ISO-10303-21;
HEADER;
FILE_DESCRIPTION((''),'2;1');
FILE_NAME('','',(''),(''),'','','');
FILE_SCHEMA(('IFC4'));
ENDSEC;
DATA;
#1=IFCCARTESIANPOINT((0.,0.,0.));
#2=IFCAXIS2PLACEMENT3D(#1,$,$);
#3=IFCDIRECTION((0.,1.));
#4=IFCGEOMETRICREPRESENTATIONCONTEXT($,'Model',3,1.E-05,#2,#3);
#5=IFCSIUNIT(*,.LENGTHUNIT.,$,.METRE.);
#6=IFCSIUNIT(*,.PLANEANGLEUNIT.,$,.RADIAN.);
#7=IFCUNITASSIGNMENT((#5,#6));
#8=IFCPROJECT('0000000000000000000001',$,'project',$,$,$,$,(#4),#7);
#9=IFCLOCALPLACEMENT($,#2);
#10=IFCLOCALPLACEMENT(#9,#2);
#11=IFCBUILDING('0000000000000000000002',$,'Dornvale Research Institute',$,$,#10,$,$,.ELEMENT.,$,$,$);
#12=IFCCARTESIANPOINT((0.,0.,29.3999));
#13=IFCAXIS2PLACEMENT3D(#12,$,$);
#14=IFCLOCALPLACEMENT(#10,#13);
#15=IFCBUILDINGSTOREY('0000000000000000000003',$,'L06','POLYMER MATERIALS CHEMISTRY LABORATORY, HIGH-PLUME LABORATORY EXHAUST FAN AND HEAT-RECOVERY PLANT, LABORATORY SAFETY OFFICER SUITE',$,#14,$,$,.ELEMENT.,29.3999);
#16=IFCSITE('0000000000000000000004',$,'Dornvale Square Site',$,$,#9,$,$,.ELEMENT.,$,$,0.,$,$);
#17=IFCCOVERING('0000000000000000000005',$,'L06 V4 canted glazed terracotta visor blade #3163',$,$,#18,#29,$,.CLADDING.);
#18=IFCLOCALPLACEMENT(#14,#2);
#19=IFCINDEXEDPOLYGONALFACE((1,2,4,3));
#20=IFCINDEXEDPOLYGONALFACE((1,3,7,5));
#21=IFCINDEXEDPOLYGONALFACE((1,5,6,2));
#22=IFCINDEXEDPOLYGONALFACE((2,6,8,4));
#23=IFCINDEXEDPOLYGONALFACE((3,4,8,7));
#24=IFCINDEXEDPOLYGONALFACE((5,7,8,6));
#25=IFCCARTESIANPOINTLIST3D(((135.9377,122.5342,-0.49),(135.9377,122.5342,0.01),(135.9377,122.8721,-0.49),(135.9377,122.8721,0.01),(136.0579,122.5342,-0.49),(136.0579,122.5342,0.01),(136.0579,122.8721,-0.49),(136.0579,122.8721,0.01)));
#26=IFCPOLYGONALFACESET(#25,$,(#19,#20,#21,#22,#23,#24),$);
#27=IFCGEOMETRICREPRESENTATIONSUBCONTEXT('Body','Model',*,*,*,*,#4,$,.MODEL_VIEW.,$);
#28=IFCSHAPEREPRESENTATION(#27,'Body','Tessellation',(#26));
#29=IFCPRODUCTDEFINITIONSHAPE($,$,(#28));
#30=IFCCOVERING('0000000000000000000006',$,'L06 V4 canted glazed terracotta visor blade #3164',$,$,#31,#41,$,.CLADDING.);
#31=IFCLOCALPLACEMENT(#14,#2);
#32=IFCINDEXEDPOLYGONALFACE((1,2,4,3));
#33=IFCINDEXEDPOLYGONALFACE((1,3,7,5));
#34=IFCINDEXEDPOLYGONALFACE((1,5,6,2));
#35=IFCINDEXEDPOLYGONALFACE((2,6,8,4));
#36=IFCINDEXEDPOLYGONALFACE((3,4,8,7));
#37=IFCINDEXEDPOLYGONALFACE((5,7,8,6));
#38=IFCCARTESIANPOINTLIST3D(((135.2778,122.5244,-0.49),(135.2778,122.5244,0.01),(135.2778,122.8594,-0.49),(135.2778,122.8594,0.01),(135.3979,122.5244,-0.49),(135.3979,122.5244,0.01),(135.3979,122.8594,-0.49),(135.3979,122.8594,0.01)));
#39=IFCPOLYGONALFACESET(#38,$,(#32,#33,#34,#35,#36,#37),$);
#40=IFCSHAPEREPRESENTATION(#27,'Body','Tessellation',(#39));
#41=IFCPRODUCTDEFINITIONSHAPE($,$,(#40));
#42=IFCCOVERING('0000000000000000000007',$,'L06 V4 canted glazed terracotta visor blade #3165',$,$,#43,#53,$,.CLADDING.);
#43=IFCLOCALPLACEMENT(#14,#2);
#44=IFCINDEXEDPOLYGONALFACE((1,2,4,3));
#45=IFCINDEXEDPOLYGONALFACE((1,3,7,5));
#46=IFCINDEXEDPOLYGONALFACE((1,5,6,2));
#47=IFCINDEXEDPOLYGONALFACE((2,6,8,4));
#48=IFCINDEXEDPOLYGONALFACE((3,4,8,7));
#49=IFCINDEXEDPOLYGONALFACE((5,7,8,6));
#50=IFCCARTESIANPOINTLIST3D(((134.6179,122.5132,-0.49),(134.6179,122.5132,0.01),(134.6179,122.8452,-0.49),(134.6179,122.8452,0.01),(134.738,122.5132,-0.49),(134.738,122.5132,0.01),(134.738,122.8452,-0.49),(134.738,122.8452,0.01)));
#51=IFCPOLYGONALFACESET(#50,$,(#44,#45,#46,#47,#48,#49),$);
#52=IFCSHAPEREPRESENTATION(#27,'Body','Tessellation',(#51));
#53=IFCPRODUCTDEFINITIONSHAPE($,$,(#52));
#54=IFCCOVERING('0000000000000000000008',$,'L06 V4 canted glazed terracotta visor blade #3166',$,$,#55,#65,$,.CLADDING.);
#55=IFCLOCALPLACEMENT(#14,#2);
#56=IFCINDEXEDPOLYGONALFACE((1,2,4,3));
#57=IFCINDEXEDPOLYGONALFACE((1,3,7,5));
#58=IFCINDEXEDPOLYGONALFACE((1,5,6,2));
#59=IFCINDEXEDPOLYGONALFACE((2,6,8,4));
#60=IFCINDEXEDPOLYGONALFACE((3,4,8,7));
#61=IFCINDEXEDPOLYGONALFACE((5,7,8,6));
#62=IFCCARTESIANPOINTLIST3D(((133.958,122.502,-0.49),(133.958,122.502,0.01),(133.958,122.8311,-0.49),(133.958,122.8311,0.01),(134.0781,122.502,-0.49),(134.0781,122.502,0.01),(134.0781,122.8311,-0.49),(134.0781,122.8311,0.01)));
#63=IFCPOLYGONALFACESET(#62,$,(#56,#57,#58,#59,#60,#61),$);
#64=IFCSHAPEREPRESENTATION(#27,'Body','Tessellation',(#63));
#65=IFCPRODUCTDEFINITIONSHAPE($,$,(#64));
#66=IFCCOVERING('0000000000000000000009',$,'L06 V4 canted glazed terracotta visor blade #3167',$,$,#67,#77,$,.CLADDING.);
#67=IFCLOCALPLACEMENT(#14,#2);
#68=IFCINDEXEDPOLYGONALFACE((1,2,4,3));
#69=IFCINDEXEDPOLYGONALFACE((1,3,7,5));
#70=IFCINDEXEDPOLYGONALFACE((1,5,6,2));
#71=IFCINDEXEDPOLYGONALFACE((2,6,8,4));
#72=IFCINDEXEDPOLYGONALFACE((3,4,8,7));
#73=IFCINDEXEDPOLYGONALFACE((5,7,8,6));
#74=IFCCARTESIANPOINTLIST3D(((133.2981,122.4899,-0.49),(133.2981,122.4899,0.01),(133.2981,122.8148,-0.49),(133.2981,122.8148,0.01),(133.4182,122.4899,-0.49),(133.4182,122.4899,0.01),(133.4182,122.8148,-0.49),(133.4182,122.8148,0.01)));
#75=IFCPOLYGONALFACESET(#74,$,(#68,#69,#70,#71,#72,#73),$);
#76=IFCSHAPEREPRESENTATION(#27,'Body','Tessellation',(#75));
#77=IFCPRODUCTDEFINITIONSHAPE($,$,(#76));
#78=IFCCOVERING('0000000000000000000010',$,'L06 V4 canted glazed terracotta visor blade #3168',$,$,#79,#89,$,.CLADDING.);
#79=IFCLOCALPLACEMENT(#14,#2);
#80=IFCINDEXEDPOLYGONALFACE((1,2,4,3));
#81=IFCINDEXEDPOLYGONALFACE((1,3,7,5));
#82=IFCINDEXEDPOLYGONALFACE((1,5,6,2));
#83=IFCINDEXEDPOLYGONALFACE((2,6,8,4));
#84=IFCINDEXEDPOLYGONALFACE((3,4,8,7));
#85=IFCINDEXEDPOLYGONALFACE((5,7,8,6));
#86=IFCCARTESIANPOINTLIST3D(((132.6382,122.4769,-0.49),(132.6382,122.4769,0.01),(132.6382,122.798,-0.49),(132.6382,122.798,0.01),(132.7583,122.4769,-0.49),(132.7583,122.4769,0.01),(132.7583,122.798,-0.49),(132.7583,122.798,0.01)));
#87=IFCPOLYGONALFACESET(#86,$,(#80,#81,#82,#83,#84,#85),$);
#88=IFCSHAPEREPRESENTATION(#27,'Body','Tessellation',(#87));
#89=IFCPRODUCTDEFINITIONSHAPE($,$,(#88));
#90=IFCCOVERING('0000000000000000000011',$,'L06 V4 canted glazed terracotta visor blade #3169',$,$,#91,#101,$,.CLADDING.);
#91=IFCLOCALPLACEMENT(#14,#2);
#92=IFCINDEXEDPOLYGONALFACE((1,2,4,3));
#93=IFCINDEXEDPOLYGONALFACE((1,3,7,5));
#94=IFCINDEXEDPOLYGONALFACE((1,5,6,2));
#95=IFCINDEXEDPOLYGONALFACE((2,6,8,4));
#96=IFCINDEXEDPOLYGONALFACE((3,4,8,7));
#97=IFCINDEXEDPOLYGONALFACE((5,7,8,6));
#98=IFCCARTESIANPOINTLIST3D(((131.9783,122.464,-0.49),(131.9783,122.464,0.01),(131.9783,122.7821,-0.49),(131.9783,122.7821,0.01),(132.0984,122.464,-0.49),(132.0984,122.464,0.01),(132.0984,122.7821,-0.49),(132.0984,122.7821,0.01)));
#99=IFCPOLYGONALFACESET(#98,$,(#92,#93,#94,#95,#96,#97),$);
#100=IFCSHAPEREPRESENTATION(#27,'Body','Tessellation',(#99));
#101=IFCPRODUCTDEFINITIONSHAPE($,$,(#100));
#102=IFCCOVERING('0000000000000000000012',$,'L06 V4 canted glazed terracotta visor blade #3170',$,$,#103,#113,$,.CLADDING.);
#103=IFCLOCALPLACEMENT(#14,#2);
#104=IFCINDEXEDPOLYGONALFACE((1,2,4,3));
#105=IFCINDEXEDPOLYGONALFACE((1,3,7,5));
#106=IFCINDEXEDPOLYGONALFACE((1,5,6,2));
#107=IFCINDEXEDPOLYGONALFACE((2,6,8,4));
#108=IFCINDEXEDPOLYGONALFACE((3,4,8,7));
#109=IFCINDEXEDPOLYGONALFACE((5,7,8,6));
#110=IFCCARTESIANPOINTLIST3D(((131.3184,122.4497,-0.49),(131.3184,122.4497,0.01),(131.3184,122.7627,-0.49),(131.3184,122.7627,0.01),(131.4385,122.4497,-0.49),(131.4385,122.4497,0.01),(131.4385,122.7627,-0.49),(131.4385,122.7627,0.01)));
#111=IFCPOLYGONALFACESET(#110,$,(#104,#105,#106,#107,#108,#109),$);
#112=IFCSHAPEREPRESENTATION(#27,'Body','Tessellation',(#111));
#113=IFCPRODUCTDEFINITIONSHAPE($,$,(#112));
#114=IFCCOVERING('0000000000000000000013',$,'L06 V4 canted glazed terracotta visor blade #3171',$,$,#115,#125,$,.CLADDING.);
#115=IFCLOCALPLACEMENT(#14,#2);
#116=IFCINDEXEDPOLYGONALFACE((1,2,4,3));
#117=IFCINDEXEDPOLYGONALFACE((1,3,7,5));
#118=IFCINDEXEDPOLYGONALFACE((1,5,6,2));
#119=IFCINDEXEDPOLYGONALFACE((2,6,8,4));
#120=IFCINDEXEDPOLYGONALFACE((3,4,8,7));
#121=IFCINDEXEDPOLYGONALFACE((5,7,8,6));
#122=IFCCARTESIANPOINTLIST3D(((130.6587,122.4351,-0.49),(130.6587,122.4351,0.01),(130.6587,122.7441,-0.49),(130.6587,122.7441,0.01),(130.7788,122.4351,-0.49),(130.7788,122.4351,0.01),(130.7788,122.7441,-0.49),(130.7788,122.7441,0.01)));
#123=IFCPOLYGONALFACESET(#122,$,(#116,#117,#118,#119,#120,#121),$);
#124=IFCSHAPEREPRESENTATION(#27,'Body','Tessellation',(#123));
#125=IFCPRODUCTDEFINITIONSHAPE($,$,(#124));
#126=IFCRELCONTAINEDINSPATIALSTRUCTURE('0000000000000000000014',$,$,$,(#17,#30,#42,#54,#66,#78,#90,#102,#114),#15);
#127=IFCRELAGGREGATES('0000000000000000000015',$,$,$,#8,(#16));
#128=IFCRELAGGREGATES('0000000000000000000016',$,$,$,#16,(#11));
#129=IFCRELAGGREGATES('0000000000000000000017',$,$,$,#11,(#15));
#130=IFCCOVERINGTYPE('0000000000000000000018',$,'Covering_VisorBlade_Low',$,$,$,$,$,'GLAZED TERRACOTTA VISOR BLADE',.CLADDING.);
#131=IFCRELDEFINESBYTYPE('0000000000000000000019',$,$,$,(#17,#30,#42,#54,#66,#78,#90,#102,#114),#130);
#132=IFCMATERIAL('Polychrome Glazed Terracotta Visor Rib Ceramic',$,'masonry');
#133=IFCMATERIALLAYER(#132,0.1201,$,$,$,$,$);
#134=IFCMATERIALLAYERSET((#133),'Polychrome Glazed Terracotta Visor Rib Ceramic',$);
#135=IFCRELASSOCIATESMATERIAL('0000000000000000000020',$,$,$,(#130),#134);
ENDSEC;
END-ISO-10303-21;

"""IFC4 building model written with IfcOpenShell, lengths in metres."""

from ifc_helpers import new_model, si_unit, direction, frame, origin, origin_2d, place, context, subcontext, project, spatial, rectangle, extrude, material, layer, layer_set, type_object, element, save


model = new_model("IFC4")

# Units and contexts
model_context = context("Model", 3, precision=1e-05, world=origin(), true_north=direction((0.0, 1.0)))
body_context = subcontext(model_context, "Body", "Model", "MODEL_VIEW")
ifc_project = project(units=[si_unit("LENGTHUNIT", "METRE"), si_unit("PLANEANGLEUNIT", "RADIAN")], contexts=[model_context])

# Site, building, storey
site_placement = place(None, origin())
site = spatial("IfcSite", under=ifc_project, at=site_placement, Name="Dornvale Square Site", CompositionType="ELEMENT", RefElevation=0.0)
building_placement = place(site_placement, origin())
building = spatial("IfcBuilding", under=site, at=building_placement, Name="Dornvale Research Institute", CompositionType="ELEMENT")
storey_placement = place(building_placement, frame((0.0, 0.0, 29.3999)))
storey = spatial("IfcBuildingStorey", under=building, at=storey_placement, Name="L06", Description="POLYMER MATERIALS CHEMISTRY LABORATORY, HIGH-PLUME LABORATORY EXHAUST FAN AND HEAT-RECOVERY PLANT, LABORATORY SAFETY OFFICER SUITE", CompositionType="ELEMENT", Elevation=29.3999)

# Coverings
ifc_material_1 = material(Name="Polychrome Glazed Terracotta Visor Rib Ceramic", Category="masonry")
ifc_layer_1 = layer(ifc_material_1, 0.1201)
ifc_layer_set_1 = layer_set([ifc_layer_1], Name="Polychrome Glazed Terracotta Visor Rib Ceramic")
covering_type = type_object("IfcCoveringType", Name="Covering_VisorBlade_Low", ElementType="GLAZED TERRACOTTA VISOR BLADE", PredefinedType="CLADDING", material=ifc_layer_set_1)
covering_1_placement = place(storey_placement, frame((135.9978, 122.7031, -0.49), z_axis=(0.0, 0.0, 1.0), x_axis=(0.0, 1.0, 0.0)))
element("IfcCovering", 1, at=covering_1_placement, inside=storey, type_object=covering_type, Name="L06 V4 canted glazed terracotta visor blade #3163", PredefinedType="CLADDING", context=body_context, shape_type="SweptSolid", body=[
    extrude(rectangle(XDim=0.3379, YDim=0.1201, at=origin_2d()), origin(), (0.0, 0.0, 1.0), 0.5),
])
covering_2_placement = place(storey_placement, frame((135.3379, 122.6919, -0.49), z_axis=(0.0, 0.0, 1.0), x_axis=(0.0, 1.0, 0.0)))
element("IfcCovering", 2, at=covering_2_placement, inside=storey, type_object=covering_type, Name="L06 V4 canted glazed terracotta visor blade #3164", PredefinedType="CLADDING", context=body_context, shape_type="SweptSolid", body=[
    extrude(rectangle(XDim=0.335, YDim=0.1201, at=origin_2d()), origin(), (0.0, 0.0, 1.0), 0.5),
])
covering_3_placement = place(storey_placement, frame((134.678, 122.6792, -0.49), z_axis=(0.0, 0.0, 1.0), x_axis=(0.0, 1.0, 0.0)))
element("IfcCovering", 3, at=covering_3_placement, inside=storey, type_object=covering_type, Name="L06 V4 canted glazed terracotta visor blade #3165", PredefinedType="CLADDING", context=body_context, shape_type="SweptSolid", body=[
    extrude(rectangle(XDim=0.332, YDim=0.1201, at=origin_2d()), origin(), (0.0, 0.0, 1.0), 0.5),
])
covering_4_placement = place(storey_placement, frame((134.0181, 122.6665, -0.49), z_axis=(0.0, 0.0, 1.0), x_axis=(0.0, 1.0, 0.0)))
element("IfcCovering", 4, at=covering_4_placement, inside=storey, type_object=covering_type, Name="L06 V4 canted glazed terracotta visor blade #3166", PredefinedType="CLADDING", context=body_context, shape_type="SweptSolid", body=[
    extrude(rectangle(XDim=0.3291, YDim=0.1201, at=origin_2d()), origin(), (0.0, 0.0, 1.0), 0.5),
])
covering_5_placement = place(storey_placement, frame((133.3582, 122.6523, -0.49), z_axis=(0.0, 0.0, 1.0), x_axis=(0.0, 1.0, 0.0)))
element("IfcCovering", 5, at=covering_5_placement, inside=storey, type_object=covering_type, Name="L06 V4 canted glazed terracotta visor blade #3167", PredefinedType="CLADDING", context=body_context, shape_type="SweptSolid", body=[
    extrude(rectangle(XDim=0.325, YDim=0.1201, at=origin_2d()), origin(), (0.0, 0.0, 1.0), 0.5),
])
covering_6_placement = place(storey_placement, frame((132.6982, 122.6375, -0.49), z_axis=(0.0, 0.0, 1.0), x_axis=(0.0, 1.0, 0.0)))
element("IfcCovering", 6, at=covering_6_placement, inside=storey, type_object=covering_type, Name="L06 V4 canted glazed terracotta visor blade #3168", PredefinedType="CLADDING", context=body_context, shape_type="SweptSolid", body=[
    extrude(rectangle(XDim=0.321, YDim=0.1201, at=origin_2d()), origin(), (0.0, 0.0, 1.0), 0.5),
])
covering_7_placement = place(storey_placement, frame((132.0383, 122.623, -0.49), z_axis=(0.0, 0.0, 1.0), x_axis=(0.0, 1.0, 0.0)))
element("IfcCovering", 7, at=covering_7_placement, inside=storey, type_object=covering_type, Name="L06 V4 canted glazed terracotta visor blade #3169", PredefinedType="CLADDING", context=body_context, shape_type="SweptSolid", body=[
    extrude(rectangle(XDim=0.3181, YDim=0.1201, at=origin_2d()), origin(), (0.0, 0.0, 1.0), 0.5),
])
covering_8_placement = place(storey_placement, frame((131.3784, 122.6062, -0.49), z_axis=(0.0, 0.0, 1.0), x_axis=(0.0, 1.0, 0.0)))
element("IfcCovering", 8, at=covering_8_placement, inside=storey, type_object=covering_type, Name="L06 V4 canted glazed terracotta visor blade #3170", PredefinedType="CLADDING", context=body_context, shape_type="SweptSolid", body=[
    extrude(rectangle(XDim=0.313, YDim=0.1201, at=origin_2d()), origin(), (0.0, 0.0, 1.0), 0.5),
])
covering_9_placement = place(storey_placement, frame((130.7188, 122.5896, -0.49), z_axis=(0.0, 0.0, 1.0), x_axis=(0.0, 1.0, 0.0)))
element("IfcCovering", 9, at=covering_9_placement, inside=storey, type_object=covering_type, Name="L06 V4 canted glazed terracotta visor blade #3171", PredefinedType="CLADDING", context=body_context, shape_type="SweptSolid", body=[
    extrude(rectangle(XDim=0.3091, YDim=0.1201, at=origin_2d()), origin(), (0.0, 0.0, 1.0), 0.5),
])

save(model, "model.ifc")
